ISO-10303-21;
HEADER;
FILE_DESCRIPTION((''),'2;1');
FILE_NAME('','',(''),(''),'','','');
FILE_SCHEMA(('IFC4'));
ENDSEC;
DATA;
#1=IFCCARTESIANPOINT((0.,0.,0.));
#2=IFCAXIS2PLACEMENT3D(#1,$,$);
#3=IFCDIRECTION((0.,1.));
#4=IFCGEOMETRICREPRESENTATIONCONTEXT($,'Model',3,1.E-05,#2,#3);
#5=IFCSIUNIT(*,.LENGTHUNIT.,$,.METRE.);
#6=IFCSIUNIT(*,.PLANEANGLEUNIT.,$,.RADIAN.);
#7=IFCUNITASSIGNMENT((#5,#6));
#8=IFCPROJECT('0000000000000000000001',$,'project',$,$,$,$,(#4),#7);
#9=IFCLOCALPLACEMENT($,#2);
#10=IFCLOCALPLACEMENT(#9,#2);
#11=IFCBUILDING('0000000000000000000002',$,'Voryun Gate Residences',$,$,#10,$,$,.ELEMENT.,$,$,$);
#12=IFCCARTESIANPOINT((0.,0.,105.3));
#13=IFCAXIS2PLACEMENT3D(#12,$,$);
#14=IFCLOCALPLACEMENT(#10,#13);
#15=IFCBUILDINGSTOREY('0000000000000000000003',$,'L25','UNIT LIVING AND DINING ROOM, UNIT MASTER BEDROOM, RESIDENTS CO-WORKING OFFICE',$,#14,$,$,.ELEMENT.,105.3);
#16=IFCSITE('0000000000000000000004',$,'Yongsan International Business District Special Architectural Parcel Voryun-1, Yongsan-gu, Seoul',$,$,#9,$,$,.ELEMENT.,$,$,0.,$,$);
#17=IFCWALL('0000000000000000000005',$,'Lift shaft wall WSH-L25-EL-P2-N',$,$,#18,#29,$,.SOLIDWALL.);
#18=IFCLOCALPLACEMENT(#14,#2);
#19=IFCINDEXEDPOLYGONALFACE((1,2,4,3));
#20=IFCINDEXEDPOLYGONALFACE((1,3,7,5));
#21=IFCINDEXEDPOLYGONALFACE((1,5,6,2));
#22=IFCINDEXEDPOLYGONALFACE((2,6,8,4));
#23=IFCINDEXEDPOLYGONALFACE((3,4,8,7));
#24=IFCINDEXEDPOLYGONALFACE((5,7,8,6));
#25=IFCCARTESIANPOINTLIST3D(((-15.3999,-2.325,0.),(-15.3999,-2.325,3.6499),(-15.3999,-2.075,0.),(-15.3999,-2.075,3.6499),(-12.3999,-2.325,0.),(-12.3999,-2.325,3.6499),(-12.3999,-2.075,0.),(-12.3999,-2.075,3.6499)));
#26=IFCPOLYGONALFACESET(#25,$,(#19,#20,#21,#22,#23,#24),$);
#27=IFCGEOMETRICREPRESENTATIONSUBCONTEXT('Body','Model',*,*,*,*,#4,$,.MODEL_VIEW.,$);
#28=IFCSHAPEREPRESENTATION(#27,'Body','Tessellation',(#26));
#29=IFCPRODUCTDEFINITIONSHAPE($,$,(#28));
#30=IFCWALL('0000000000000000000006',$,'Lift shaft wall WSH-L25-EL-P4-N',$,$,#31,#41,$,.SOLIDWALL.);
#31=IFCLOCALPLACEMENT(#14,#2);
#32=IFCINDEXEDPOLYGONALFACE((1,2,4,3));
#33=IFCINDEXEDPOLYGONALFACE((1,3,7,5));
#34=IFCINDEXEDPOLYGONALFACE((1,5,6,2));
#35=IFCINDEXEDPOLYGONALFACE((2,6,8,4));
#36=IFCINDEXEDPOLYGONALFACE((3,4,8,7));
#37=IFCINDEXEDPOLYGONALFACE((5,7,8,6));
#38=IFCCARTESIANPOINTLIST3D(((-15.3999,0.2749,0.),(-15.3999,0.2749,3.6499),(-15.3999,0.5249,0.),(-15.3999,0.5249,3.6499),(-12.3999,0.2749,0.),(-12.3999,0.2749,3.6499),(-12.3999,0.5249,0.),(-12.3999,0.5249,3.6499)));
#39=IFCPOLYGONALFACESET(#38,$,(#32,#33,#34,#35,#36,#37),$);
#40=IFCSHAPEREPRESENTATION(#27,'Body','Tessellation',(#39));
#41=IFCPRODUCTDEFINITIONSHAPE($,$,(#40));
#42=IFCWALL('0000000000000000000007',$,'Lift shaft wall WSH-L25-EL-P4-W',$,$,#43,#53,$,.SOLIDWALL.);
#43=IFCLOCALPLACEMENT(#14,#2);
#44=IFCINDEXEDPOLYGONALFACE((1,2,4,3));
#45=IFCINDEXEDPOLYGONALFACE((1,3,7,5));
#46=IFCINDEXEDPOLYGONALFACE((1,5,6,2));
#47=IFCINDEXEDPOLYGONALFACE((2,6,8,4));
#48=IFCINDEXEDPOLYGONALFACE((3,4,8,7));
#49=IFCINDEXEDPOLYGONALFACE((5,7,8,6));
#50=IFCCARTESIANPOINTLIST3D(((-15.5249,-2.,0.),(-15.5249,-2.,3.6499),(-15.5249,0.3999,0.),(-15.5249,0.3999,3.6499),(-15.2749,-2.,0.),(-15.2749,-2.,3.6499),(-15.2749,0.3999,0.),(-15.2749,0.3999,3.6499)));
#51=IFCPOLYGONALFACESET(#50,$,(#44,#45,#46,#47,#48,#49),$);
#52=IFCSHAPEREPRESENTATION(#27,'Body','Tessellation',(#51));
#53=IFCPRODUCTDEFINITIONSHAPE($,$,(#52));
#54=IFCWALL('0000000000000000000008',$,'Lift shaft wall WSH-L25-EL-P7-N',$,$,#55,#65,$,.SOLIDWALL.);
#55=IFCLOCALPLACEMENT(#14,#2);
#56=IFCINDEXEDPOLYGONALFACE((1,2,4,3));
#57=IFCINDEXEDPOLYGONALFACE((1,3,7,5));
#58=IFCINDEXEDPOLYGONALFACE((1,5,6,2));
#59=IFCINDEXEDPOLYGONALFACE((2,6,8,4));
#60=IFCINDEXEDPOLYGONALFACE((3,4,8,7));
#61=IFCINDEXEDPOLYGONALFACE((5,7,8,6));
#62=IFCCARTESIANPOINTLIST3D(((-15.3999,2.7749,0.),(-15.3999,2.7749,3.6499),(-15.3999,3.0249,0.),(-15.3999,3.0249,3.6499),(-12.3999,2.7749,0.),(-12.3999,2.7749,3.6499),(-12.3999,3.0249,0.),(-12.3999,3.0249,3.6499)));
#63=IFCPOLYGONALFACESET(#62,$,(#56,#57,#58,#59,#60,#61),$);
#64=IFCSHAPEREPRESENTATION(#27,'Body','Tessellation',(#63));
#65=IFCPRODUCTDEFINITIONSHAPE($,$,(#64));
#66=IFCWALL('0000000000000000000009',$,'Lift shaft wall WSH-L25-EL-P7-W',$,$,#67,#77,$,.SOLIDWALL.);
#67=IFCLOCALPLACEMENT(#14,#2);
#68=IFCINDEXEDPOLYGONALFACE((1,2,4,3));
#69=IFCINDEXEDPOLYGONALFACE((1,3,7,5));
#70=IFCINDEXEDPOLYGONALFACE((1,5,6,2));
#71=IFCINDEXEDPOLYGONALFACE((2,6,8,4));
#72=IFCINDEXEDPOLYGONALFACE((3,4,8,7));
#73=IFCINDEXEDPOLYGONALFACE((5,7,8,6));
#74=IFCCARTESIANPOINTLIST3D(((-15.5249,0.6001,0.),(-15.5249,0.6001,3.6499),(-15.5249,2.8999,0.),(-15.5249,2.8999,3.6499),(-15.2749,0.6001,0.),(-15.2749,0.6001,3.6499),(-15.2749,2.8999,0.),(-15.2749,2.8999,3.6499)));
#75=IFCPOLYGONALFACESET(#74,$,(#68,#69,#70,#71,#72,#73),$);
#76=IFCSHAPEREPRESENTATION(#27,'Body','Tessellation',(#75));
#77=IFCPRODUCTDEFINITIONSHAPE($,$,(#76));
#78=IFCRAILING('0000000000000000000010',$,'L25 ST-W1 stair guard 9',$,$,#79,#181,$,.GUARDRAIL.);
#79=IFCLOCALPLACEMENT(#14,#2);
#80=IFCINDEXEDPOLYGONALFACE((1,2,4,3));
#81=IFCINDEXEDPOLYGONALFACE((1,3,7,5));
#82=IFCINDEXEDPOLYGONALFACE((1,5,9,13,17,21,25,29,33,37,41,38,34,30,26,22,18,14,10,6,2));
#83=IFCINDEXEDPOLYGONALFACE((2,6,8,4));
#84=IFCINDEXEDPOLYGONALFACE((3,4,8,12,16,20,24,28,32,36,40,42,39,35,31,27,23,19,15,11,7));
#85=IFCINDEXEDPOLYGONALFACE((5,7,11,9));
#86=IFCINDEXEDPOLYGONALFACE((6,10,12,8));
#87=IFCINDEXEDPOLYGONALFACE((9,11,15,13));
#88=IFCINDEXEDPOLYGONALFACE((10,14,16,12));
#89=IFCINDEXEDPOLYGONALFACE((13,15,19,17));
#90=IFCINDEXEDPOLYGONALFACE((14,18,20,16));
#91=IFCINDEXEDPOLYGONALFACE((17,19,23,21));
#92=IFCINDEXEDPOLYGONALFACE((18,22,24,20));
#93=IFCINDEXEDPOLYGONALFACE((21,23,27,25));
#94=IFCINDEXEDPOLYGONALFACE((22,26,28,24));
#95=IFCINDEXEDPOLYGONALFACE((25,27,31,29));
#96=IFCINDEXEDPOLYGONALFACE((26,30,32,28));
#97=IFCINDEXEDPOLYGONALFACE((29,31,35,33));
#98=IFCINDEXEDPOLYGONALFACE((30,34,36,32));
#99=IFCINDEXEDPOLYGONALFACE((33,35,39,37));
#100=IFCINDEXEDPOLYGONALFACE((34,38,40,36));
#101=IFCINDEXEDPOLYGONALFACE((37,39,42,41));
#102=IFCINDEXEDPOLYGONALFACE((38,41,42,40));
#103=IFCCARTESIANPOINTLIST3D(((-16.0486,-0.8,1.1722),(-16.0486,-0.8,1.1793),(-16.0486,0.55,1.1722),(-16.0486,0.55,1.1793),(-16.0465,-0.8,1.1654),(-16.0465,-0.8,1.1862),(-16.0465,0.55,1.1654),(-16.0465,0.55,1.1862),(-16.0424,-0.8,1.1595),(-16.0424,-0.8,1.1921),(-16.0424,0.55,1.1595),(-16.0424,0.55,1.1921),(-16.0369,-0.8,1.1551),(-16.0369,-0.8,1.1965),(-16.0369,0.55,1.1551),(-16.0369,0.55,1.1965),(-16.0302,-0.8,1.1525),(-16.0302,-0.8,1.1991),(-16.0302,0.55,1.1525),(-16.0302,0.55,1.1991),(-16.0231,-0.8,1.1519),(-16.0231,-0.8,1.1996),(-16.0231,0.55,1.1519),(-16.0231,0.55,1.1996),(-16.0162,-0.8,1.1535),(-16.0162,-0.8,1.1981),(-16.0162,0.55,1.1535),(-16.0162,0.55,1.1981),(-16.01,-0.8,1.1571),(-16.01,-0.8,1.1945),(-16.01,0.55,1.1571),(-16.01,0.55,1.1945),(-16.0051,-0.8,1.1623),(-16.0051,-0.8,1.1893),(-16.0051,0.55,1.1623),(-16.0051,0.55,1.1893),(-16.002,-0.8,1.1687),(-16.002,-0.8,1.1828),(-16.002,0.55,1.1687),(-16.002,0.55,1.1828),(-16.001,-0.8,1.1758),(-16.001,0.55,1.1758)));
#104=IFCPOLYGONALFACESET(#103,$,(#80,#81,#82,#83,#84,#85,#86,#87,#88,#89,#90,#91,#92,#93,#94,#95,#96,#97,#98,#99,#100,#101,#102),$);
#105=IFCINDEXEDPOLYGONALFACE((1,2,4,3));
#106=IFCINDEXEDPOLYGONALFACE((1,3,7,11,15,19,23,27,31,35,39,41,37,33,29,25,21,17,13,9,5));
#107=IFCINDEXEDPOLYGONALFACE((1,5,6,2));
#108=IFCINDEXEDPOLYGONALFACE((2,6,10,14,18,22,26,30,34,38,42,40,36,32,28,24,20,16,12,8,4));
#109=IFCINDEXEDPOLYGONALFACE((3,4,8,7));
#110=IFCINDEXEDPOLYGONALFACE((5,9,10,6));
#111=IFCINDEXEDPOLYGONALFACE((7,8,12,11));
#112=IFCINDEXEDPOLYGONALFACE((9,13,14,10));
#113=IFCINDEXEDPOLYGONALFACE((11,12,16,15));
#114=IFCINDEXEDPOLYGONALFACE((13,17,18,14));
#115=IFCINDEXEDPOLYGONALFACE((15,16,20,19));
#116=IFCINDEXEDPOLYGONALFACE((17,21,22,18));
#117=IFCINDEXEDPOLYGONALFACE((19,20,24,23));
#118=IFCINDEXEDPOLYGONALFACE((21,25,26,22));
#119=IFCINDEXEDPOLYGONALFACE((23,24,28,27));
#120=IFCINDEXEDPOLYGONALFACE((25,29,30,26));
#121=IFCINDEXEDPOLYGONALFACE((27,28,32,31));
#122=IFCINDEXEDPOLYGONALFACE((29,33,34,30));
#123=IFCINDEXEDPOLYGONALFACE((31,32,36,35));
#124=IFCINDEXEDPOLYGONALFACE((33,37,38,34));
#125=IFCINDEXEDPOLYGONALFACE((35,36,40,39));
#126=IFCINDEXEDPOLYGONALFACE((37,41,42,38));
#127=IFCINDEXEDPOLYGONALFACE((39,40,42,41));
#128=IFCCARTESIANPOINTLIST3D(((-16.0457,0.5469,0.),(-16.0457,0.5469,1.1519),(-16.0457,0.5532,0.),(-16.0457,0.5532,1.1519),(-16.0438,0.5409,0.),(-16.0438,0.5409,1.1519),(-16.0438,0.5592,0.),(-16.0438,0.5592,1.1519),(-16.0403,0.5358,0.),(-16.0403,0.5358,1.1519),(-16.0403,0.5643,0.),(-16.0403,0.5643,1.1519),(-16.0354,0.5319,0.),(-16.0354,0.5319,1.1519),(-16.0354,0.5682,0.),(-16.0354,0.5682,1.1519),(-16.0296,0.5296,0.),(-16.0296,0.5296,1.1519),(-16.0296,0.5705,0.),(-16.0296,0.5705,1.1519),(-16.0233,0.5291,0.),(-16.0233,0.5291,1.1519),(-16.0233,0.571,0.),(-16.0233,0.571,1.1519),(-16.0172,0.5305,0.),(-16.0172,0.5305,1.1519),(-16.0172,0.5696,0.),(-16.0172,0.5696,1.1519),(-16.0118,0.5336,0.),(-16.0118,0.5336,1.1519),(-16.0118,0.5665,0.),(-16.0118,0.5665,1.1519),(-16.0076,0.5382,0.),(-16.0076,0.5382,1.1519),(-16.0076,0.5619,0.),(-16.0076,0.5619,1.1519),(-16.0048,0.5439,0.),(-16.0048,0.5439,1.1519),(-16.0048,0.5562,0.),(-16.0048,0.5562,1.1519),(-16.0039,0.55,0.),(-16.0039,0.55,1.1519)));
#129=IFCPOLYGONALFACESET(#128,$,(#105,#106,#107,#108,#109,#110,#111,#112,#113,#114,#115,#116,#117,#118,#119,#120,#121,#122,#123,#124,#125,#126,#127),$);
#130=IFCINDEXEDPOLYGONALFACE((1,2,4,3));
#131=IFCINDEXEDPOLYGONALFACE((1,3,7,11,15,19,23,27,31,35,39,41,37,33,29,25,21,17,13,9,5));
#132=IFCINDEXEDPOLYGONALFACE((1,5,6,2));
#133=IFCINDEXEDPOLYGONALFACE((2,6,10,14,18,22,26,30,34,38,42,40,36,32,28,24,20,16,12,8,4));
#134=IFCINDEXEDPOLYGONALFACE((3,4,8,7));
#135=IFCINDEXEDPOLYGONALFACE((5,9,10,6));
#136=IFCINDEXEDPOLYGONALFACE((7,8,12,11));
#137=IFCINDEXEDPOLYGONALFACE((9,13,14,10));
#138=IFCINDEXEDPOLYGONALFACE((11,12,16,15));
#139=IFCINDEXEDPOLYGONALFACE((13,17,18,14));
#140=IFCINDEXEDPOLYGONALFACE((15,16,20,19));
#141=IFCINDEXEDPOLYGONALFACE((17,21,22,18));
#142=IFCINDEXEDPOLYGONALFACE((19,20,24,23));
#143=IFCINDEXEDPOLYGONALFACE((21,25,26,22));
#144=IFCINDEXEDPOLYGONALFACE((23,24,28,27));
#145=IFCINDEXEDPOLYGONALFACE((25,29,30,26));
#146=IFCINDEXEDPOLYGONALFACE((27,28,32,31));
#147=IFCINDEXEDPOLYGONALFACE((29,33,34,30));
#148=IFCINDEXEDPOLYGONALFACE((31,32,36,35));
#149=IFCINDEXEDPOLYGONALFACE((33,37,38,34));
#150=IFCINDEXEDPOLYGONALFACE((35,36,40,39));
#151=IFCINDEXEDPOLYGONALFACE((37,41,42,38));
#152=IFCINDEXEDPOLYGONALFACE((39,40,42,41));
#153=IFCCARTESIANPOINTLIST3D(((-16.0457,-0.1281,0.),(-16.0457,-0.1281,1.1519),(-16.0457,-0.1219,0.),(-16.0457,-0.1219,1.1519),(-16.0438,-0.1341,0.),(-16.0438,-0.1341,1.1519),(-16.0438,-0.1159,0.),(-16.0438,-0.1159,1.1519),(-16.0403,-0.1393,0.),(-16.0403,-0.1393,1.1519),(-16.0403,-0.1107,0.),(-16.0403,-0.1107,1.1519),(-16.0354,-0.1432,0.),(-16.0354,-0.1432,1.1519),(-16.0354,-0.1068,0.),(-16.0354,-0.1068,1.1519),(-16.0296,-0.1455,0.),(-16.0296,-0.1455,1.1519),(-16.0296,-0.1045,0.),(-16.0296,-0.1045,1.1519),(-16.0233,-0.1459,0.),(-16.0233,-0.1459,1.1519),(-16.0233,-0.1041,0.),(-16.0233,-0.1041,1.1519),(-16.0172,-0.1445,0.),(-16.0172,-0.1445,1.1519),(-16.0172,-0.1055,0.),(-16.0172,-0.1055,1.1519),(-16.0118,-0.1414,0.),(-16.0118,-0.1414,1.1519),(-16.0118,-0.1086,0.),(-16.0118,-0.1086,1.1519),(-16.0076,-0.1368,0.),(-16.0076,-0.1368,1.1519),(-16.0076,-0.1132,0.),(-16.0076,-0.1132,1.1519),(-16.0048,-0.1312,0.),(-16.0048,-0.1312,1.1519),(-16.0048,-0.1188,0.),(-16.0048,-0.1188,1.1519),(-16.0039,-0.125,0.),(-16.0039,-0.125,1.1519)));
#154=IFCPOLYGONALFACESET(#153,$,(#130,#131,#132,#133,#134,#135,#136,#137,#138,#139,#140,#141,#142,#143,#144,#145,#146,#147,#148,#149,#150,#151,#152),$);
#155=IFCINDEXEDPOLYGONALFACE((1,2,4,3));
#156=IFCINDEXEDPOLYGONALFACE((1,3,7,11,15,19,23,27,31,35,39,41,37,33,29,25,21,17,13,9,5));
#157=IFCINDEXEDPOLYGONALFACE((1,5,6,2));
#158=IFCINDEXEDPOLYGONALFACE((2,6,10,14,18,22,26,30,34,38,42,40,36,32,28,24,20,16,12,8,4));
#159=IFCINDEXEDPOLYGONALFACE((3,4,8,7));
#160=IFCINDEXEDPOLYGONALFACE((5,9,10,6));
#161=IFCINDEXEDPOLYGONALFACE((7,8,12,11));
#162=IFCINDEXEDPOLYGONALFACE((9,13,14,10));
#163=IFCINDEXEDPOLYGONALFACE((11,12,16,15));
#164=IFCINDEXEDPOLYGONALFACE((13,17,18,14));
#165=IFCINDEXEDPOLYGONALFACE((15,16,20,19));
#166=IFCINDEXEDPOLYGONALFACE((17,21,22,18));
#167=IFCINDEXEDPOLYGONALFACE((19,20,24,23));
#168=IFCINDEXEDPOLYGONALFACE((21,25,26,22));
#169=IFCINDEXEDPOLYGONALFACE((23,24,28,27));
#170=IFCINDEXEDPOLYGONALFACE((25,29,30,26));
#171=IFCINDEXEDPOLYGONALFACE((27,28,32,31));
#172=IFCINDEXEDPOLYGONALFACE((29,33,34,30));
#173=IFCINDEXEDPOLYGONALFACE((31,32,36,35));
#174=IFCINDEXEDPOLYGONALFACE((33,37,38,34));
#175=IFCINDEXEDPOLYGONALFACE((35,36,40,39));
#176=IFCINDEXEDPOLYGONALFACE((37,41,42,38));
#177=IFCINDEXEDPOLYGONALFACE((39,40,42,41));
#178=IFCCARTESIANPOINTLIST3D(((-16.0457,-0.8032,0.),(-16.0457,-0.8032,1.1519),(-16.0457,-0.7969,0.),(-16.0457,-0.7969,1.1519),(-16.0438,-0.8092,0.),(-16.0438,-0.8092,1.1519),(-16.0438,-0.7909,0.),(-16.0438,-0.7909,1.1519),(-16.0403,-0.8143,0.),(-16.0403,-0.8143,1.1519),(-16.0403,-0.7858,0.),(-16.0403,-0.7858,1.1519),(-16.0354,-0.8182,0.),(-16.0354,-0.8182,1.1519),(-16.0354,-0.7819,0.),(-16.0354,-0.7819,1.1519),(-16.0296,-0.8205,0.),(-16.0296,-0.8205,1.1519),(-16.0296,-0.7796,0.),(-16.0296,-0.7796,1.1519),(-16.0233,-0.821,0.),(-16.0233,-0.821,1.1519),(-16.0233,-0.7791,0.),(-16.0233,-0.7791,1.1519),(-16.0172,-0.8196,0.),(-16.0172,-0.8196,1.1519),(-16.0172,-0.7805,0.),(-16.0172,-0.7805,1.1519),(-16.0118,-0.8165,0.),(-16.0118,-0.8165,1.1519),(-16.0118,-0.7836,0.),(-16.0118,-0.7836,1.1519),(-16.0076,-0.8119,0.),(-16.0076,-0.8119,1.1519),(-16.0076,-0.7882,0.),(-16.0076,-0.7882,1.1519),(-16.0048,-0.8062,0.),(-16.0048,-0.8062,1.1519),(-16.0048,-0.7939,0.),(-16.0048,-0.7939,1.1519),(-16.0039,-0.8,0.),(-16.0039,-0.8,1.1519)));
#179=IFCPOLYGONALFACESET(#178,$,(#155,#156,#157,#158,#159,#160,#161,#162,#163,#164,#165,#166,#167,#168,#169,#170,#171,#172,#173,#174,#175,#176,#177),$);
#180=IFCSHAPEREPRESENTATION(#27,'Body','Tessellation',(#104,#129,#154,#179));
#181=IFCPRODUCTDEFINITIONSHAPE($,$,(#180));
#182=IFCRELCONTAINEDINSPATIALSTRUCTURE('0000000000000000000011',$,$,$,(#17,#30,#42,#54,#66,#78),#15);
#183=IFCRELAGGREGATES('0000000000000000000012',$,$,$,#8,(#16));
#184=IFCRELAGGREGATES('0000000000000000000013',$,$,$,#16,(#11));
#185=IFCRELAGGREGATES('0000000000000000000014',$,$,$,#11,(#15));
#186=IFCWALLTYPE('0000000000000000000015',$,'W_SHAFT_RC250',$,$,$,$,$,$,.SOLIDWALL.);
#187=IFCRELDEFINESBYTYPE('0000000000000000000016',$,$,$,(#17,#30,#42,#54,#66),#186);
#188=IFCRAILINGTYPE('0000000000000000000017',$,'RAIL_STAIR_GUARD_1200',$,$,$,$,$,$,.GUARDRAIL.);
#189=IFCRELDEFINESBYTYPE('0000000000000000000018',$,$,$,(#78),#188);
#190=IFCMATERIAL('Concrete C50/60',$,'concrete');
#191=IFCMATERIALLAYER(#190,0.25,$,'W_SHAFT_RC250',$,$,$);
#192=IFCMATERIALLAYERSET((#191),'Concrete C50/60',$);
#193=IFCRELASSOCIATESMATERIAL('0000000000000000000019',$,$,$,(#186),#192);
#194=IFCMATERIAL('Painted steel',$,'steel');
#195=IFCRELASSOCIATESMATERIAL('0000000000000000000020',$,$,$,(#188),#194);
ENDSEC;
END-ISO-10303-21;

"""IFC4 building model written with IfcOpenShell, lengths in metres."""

from ifc_helpers import new_model, si_unit, direction, frame, frame_2d, origin, origin_2d, place, context, subcontext, project, spatial, rectangle, circle, extrude, material, layer, layer_set, type_object, element, save


model = new_model("IFC4")

# Units and contexts
model_context = context("Model", 3, precision=1e-05, world=origin(), true_north=direction((0.0, 1.0)))
body_context = subcontext(model_context, "Body", "Model", "MODEL_VIEW")
ifc_project = project(units=[si_unit("LENGTHUNIT", "METRE"), si_unit("PLANEANGLEUNIT", "RADIAN")], contexts=[model_context])

# Site, building, storey
site_placement = place(None, origin())
site = spatial("IfcSite", under=ifc_project, at=site_placement, Name="Yongsan International Business District Special Architectural Parcel Voryun-1, Yongsan-gu, Seoul", CompositionType="ELEMENT", RefElevation=0.0)
building_placement = place(site_placement, origin())
building = spatial("IfcBuilding", under=site, at=building_placement, Name="Voryun Gate Residences", CompositionType="ELEMENT")
storey_placement = place(building_placement, frame((0.0, 0.0, 105.3)))
storey = spatial("IfcBuildingStorey", under=building, at=storey_placement, Name="L25", Description="UNIT LIVING AND DINING ROOM, UNIT MASTER BEDROOM, RESIDENTS CO-WORKING OFFICE", CompositionType="ELEMENT", Elevation=105.3)

# Walls
ifc_material_1 = material(Name="Concrete C50/60", Category="concrete")
ifc_layer_1 = layer(ifc_material_1, 0.25, Name="W_SHAFT_RC250")
ifc_layer_set_1 = layer_set([ifc_layer_1], Name="Concrete C50/60")
wall_type_1 = type_object("IfcWallType", Name="W_SHAFT_RC250", PredefinedType="SOLIDWALL", material=ifc_layer_set_1)
for number, where, z_axis, x_axis, name in (
    (1, (-12.3999, -2.2, 0.0), (0.0, 0.0, 1.0), (-1.0, 0.0, 0.0), "Lift shaft wall WSH-L25-EL-P2-N"),
    (2, (-12.3999, 0.3999, 0.0), (0.0, 0.0, 1.0), (-1.0, 0.0, 0.0), "Lift shaft wall WSH-L25-EL-P4-N"),
):
    element("IfcWall", number, at=place(storey_placement, frame(where, z_axis=z_axis, x_axis=x_axis)), inside=storey, type_object=wall_type_1, Name=name, PredefinedType="SOLIDWALL", context=body_context, shape_type="SweptSolid", body=[
        extrude(rectangle(XDim=3.0, YDim=0.25, at=frame_2d((1.5, 0.0))), origin(), (0.0, 0.0, 1.0), 3.6499),
    ])
wall_1_placement = place(storey_placement, frame((-15.3999, 0.3999, 0.0), z_axis=(0.0, 0.0, 1.0), x_axis=(0.0, -1.0, 0.0)))
element("IfcWall", 3, at=wall_1_placement, inside=storey, type_object=wall_type_1, Name="Lift shaft wall WSH-L25-EL-P4-W", PredefinedType="SOLIDWALL", context=body_context, shape_type="SweptSolid", body=[
    extrude(rectangle(XDim=2.3999, YDim=0.25, at=frame_2d((1.2, 0.0))), origin(), (0.0, 0.0, 1.0), 3.6499),
])
wall_2_placement = place(storey_placement, frame((-12.3999, 2.8999, 0.0), z_axis=(0.0, 0.0, 1.0), x_axis=(-1.0, 0.0, 0.0)))
element("IfcWall", 4, at=wall_2_placement, inside=storey, type_object=wall_type_1, Name="Lift shaft wall WSH-L25-EL-P7-N", PredefinedType="SOLIDWALL", context=body_context, shape_type="SweptSolid", body=[
    extrude(rectangle(XDim=3.0, YDim=0.25, at=frame_2d((1.5, 0.0))), origin(), (0.0, 0.0, 1.0), 3.6499),
])
wall_3_placement = place(storey_placement, frame((-15.3999, 2.8999, 0.0), z_axis=(0.0, 0.0, 1.0), x_axis=(0.0, -1.0, 0.0)))
element("IfcWall", 5, at=wall_3_placement, inside=storey, type_object=wall_type_1, Name="Lift shaft wall WSH-L25-EL-P7-W", PredefinedType="SOLIDWALL", context=body_context, shape_type="SweptSolid", body=[
    extrude(rectangle(XDim=2.2998, YDim=0.25, at=frame_2d((1.1499, 0.0))), origin(), (0.0, 0.0, 1.0), 3.6499),
])

# Railing
ifc_material_2 = material(Name="Painted steel", Category="steel")
railing_type = type_object("IfcRailingType", Name="RAIL_STAIR_GUARD_1200", PredefinedType="GUARDRAIL", material=ifc_material_2)
railing_1_placement = place(storey_placement, frame((-16.0249, 0.55, 0.0)))
element("IfcRailing", 6, at=railing_1_placement, inside=storey, type_object=railing_type, Name="L25 ST-W1 stair guard 9", PredefinedType="GUARDRAIL", context=body_context, shape_type="SweptSolid", body=[
    extrude(circle(Radius=0.0239, at=origin_2d()), frame((0.0, 0.0, 1.1758), z_axis=(0.0, -1.0, 0.0), x_axis=(1.0, 0.0, 0.0)), (0.0, 0.0, 1.0), 1.3501),
    extrude(circle(Radius=0.021, at=origin_2d()), origin(), (0.0, 0.0, 1.0), 1.1519),
    extrude(circle(Radius=0.021, at=origin_2d()), frame((0.0, -0.675, 0.0)), (0.0, 0.0, 1.0), 1.1519),
    extrude(circle(Radius=0.021, at=origin_2d()), frame((0.0, -1.3501, 0.0)), (0.0, 0.0, 1.0), 1.1519),
])

save(model, "model.ifc")
